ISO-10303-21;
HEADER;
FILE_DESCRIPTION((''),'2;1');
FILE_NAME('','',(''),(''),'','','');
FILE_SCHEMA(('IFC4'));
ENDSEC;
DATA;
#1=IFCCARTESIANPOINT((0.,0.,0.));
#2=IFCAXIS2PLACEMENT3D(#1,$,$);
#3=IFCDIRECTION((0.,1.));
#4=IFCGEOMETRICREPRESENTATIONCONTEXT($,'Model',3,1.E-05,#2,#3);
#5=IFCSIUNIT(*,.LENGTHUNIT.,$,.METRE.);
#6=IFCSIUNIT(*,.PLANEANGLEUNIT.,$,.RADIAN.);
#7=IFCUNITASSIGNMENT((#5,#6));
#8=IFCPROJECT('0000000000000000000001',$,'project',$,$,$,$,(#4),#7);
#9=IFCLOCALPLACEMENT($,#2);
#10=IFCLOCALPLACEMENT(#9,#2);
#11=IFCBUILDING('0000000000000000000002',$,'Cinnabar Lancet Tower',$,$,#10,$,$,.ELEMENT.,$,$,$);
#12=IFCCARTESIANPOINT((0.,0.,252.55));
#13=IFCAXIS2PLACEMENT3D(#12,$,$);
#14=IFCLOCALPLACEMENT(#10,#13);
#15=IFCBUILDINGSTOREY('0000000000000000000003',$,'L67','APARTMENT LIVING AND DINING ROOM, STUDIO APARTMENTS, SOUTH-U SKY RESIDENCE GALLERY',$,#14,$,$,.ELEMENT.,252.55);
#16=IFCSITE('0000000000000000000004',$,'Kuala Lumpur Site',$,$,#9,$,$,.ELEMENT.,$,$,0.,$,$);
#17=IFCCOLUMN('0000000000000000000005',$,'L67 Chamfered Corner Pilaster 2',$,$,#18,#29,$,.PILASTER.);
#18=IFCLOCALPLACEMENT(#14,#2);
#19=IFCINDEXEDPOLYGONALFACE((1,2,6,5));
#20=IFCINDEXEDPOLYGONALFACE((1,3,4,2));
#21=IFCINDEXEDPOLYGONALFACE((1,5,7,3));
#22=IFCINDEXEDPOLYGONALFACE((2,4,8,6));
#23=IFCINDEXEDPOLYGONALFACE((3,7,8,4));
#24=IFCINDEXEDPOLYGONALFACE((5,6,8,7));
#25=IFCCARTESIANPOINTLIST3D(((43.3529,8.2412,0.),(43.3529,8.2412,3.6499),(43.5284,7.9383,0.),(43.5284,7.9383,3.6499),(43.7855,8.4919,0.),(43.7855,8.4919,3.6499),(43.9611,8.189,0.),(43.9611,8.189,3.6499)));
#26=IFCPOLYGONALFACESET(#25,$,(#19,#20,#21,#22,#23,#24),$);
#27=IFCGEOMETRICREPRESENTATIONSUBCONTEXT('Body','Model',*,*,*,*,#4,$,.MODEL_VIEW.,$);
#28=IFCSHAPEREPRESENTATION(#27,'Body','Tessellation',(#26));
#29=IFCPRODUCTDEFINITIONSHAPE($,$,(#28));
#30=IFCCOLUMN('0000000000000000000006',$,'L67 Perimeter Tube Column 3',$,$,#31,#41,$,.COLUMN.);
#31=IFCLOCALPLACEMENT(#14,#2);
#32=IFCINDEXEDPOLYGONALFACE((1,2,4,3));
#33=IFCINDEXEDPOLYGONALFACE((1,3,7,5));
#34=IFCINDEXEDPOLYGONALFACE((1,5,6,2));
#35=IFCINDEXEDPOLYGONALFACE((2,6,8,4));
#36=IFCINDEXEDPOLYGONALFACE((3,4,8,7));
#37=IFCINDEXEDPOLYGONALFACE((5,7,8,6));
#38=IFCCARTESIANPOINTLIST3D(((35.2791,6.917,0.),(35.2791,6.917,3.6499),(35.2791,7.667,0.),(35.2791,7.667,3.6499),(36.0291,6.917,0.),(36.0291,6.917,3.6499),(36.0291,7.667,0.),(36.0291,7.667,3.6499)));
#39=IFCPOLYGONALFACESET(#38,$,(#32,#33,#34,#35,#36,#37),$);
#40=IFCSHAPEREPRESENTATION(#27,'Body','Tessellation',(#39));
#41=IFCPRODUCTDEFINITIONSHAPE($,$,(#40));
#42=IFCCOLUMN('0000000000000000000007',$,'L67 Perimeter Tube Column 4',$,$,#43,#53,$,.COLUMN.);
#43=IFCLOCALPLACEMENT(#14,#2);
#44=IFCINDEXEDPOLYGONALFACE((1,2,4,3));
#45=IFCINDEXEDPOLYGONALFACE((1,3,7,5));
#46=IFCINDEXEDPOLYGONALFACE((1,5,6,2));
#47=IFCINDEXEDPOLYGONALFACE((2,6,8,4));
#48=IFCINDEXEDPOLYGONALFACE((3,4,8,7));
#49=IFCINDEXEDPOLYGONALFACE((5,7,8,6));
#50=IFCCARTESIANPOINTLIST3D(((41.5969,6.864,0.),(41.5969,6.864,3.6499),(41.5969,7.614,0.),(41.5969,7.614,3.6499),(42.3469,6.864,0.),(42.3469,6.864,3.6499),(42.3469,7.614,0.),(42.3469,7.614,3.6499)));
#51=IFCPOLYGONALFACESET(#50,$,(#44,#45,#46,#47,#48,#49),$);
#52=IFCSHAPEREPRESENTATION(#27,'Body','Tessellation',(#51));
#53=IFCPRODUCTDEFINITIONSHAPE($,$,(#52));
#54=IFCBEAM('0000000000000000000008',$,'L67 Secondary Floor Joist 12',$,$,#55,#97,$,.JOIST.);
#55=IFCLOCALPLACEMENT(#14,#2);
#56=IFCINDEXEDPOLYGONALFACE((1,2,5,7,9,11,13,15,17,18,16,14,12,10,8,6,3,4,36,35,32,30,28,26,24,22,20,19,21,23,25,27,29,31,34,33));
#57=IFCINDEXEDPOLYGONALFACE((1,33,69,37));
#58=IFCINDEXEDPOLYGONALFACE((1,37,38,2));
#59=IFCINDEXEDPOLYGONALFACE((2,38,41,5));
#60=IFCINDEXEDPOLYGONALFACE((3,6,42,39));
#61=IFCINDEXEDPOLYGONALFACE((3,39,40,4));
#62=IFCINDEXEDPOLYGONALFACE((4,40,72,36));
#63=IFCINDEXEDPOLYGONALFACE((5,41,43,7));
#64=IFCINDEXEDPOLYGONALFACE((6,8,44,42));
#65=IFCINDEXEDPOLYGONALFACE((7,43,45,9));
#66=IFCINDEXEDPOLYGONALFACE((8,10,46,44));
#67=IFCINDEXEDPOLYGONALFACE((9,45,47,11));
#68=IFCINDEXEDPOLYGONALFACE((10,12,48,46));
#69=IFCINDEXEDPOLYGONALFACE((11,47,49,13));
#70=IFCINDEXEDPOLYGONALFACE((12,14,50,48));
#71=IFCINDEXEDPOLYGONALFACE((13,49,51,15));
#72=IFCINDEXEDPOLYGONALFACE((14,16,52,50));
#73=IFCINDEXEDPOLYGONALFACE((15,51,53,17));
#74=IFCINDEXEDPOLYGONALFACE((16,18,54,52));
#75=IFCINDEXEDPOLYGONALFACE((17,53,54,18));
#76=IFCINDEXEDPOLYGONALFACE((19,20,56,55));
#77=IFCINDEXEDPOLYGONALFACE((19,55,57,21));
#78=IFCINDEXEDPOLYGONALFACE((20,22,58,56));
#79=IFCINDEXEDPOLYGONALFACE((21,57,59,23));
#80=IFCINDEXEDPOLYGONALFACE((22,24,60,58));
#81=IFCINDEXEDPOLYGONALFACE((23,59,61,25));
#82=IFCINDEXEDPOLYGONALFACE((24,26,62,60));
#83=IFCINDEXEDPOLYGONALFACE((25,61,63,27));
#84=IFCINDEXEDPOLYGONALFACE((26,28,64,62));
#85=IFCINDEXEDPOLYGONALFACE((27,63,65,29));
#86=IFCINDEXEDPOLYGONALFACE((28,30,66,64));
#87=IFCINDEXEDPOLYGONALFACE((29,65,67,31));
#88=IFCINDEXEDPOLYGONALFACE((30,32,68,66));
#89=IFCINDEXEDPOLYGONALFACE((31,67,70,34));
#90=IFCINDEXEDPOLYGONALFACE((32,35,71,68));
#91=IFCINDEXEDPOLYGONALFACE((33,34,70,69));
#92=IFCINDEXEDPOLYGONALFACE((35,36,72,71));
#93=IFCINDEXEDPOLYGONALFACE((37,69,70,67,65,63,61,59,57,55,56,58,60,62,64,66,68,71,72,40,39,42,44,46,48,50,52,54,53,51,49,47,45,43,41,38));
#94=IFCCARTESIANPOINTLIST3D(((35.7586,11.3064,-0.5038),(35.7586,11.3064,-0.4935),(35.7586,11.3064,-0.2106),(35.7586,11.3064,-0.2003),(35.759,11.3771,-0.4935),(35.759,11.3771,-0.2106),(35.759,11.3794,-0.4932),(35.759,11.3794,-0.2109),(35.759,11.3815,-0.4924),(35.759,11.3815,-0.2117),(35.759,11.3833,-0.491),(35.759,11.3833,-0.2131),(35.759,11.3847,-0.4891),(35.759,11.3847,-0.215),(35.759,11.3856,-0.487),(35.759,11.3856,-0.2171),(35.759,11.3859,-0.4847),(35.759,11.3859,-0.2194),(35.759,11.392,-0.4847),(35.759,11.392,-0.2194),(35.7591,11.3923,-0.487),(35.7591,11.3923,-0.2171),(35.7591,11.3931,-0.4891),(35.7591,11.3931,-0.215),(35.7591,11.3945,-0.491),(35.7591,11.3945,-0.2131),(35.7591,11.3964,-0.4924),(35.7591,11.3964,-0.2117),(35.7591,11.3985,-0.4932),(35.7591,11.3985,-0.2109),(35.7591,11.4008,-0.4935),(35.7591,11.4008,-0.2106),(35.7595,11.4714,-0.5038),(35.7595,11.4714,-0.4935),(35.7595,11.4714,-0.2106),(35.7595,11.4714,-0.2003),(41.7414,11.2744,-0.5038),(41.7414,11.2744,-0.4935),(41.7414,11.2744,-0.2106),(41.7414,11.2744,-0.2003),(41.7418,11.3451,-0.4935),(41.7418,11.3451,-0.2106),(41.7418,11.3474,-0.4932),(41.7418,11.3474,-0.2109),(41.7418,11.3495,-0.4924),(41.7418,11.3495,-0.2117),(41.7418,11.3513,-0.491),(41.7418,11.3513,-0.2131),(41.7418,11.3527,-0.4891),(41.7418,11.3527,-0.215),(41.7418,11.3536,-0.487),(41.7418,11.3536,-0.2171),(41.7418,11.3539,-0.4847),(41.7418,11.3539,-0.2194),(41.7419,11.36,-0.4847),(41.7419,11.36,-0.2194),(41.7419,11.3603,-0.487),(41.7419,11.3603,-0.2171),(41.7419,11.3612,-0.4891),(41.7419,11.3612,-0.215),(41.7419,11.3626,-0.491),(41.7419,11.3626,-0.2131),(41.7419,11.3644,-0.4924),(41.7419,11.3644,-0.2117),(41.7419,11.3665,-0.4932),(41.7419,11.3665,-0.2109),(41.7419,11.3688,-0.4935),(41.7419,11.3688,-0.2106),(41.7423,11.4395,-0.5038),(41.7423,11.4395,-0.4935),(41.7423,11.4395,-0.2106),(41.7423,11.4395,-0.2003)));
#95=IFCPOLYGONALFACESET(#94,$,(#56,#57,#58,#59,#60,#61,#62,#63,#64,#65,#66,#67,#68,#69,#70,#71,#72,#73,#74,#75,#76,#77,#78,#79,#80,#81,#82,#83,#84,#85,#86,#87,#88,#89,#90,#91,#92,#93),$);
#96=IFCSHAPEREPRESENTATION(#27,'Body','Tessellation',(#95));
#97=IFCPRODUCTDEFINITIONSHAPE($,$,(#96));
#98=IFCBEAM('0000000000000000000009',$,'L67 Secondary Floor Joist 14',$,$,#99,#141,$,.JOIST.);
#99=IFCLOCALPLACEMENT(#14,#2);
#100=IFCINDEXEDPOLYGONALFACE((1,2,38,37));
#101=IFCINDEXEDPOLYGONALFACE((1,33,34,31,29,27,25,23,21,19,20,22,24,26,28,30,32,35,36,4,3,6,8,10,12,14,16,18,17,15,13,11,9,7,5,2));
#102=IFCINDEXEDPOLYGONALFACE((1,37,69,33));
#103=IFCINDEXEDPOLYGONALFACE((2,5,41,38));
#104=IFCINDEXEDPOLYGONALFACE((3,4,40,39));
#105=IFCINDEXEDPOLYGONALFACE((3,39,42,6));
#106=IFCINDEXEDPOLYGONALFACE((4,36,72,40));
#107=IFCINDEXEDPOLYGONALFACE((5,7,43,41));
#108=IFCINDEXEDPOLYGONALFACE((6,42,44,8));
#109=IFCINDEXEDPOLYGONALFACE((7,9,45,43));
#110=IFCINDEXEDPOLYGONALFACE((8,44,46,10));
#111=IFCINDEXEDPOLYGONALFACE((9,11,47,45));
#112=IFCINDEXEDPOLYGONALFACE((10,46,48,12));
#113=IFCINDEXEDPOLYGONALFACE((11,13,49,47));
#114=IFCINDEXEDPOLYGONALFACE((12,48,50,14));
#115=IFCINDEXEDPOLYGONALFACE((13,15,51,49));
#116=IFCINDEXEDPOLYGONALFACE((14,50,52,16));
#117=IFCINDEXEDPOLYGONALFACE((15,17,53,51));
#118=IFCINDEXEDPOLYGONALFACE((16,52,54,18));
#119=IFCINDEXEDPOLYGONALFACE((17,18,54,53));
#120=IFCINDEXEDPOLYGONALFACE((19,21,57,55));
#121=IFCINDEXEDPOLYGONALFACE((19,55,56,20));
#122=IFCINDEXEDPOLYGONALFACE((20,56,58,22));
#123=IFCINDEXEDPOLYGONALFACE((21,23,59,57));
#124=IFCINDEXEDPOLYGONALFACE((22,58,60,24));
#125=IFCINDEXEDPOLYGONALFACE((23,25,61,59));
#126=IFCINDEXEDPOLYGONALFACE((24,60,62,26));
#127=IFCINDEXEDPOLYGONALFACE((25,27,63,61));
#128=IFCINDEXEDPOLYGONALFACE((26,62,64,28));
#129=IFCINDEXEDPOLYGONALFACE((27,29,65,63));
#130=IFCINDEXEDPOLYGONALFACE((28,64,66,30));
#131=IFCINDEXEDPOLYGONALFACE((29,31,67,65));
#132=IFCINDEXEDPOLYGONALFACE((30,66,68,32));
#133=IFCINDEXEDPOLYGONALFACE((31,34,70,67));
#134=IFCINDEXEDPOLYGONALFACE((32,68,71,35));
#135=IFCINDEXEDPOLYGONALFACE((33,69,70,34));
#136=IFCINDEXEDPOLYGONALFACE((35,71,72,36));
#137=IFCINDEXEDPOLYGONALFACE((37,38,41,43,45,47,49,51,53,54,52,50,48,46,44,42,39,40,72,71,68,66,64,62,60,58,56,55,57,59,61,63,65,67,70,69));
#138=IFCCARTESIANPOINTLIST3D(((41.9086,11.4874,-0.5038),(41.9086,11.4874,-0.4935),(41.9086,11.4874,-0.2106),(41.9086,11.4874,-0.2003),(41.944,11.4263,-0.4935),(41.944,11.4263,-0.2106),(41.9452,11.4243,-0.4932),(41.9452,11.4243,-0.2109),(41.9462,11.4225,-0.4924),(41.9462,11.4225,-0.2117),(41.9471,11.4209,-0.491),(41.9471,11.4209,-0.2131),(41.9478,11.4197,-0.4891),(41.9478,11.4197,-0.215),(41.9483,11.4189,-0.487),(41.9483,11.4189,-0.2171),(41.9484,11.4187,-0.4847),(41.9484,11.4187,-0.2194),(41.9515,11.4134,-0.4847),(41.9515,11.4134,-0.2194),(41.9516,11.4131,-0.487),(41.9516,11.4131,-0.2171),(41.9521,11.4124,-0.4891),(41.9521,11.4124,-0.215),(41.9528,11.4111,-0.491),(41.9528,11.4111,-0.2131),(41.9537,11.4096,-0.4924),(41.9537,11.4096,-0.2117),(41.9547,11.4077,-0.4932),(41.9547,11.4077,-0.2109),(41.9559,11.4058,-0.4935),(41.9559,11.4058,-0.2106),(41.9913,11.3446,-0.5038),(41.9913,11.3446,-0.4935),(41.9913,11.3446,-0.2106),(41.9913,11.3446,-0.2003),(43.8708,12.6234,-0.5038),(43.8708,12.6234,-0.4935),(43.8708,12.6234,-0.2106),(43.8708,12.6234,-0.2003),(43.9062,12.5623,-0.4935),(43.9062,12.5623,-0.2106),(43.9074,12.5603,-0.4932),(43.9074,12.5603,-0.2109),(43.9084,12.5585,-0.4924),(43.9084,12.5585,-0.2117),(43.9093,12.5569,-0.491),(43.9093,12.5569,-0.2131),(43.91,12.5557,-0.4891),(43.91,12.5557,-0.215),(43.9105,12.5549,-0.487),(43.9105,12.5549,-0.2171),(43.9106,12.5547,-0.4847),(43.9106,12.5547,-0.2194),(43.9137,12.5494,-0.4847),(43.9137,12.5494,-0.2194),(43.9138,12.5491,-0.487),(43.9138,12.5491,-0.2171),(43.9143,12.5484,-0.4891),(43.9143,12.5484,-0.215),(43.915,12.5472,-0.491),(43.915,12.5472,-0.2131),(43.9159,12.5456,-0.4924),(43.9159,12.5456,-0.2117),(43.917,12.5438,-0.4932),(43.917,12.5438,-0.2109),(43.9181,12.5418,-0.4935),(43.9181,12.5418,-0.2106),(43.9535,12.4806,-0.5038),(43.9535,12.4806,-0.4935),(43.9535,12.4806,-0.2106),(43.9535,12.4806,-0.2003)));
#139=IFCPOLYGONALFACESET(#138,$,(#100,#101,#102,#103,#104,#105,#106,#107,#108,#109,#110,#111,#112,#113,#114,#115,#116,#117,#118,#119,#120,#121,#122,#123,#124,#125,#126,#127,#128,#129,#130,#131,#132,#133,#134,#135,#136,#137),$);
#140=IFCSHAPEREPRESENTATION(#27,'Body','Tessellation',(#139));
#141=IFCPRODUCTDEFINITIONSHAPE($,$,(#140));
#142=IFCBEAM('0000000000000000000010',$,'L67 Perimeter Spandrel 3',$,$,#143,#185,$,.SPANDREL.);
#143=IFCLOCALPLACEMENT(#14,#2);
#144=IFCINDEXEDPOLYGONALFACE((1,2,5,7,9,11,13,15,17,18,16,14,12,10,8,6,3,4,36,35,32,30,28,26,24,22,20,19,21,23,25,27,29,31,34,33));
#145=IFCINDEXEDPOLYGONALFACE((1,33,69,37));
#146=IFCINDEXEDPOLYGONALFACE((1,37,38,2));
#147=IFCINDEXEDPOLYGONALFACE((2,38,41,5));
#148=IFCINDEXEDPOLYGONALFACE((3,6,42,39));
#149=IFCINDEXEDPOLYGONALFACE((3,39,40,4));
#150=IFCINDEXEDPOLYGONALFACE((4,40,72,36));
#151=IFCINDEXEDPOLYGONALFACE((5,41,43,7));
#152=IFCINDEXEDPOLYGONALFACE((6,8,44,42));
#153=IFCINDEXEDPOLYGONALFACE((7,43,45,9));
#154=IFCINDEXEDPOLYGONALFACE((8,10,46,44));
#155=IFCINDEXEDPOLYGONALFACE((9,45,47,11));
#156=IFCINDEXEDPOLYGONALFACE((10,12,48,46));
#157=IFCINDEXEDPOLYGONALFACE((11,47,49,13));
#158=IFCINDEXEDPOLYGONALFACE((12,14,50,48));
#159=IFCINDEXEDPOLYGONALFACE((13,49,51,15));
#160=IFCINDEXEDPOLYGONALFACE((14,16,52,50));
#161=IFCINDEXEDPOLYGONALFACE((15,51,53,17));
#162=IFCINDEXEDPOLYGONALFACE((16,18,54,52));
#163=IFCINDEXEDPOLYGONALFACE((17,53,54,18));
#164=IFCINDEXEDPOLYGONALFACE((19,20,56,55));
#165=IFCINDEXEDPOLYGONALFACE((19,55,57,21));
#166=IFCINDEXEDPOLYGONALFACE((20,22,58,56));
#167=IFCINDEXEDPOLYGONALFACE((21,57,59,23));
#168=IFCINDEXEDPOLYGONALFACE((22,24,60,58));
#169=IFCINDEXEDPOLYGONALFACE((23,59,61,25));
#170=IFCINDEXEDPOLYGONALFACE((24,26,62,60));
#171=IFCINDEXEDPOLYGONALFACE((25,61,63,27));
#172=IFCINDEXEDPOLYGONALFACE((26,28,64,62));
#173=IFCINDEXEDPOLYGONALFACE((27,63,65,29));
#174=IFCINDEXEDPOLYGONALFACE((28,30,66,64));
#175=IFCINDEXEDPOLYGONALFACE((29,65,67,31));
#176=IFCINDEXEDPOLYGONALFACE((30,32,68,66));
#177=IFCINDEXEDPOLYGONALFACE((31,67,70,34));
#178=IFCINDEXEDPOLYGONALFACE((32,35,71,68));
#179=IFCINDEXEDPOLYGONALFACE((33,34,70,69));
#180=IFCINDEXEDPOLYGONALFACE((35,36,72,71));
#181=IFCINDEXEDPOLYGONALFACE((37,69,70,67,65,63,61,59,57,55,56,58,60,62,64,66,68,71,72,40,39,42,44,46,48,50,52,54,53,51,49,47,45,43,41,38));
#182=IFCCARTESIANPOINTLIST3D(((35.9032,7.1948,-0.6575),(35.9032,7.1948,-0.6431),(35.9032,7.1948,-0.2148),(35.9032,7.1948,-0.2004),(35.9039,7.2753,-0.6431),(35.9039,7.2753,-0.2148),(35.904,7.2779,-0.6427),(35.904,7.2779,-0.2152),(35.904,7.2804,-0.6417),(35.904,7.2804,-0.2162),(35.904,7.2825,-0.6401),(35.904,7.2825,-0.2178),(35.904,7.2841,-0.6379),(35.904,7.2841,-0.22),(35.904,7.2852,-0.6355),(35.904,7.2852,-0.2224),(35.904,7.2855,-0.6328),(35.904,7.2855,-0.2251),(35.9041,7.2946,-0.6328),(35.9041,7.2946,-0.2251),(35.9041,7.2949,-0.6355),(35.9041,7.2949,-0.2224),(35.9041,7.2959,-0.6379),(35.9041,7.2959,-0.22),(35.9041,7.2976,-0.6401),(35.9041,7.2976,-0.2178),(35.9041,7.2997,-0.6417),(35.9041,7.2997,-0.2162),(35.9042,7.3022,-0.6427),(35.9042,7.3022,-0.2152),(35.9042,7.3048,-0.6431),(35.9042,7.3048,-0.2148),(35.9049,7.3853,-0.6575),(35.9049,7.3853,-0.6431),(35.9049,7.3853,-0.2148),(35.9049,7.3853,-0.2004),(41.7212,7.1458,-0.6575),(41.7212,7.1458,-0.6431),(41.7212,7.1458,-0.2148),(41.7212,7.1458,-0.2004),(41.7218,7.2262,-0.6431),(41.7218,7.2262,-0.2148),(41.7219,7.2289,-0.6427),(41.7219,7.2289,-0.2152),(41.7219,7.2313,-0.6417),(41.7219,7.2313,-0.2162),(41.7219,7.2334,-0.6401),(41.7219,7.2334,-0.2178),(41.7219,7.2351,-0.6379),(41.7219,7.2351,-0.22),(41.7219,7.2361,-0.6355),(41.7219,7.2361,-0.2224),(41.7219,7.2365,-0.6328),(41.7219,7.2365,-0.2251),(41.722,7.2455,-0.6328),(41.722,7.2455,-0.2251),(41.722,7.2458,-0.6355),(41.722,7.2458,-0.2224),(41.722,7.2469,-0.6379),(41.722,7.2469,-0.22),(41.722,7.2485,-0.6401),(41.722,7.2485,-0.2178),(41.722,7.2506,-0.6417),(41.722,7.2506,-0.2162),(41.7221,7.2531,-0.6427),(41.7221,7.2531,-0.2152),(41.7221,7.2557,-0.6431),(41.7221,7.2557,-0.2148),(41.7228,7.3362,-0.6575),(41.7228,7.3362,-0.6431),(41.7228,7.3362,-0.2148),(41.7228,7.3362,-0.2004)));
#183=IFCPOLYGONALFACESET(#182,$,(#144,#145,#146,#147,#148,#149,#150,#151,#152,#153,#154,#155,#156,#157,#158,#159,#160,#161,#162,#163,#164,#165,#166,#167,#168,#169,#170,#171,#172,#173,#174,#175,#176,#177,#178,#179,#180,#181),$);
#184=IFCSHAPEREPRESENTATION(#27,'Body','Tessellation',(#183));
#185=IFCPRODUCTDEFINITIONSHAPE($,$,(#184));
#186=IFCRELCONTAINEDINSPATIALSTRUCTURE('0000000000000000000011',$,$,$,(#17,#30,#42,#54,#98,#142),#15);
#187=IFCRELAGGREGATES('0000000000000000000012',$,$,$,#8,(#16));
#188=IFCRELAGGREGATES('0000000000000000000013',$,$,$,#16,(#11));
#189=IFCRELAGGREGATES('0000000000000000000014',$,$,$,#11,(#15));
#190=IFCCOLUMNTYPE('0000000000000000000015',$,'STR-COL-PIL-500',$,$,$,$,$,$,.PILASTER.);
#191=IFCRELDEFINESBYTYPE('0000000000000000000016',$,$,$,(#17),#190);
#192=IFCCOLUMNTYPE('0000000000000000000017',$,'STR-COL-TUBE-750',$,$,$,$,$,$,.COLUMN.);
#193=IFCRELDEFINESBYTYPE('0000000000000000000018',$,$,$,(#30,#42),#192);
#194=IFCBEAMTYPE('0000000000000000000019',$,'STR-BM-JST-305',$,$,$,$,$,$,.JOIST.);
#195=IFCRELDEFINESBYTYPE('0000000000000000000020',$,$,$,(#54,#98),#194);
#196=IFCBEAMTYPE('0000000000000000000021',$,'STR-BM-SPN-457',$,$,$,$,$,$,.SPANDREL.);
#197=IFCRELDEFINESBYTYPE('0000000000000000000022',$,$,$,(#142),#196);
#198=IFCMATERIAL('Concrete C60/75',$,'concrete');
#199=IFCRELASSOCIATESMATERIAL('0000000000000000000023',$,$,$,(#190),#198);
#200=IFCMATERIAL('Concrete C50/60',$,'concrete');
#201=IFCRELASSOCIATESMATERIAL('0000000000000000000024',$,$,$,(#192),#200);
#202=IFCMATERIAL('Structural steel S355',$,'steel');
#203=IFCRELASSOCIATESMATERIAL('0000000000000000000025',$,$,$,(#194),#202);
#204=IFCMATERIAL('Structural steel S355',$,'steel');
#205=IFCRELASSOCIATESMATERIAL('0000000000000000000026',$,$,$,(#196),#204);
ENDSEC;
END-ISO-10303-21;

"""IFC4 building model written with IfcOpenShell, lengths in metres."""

from ifc_helpers import new_model, si_unit, direction, frame, origin, origin_2d, place, context, subcontext, project, spatial, rectangle, i_section, extrude, material, material_profile, profile_set, type_object, element, save


model = new_model("IFC4")

# Units and contexts
model_context = context("Model", 3, precision=1e-05, world=origin(), true_north=direction((0.0, 1.0)))
body_context = subcontext(model_context, "Body", "Model", "MODEL_VIEW")
ifc_project = project(units=[si_unit("LENGTHUNIT", "METRE"), si_unit("PLANEANGLEUNIT", "RADIAN")], contexts=[model_context])

# Site, building, storey
site_placement = place(None, origin())
site = spatial("IfcSite", under=ifc_project, at=site_placement, Name="Kuala Lumpur Site", CompositionType="ELEMENT", RefElevation=0.0)
building_placement = place(site_placement, origin())
building = spatial("IfcBuilding", under=site, at=building_placement, Name="Cinnabar Lancet Tower", CompositionType="ELEMENT")
storey_placement = place(building_placement, frame((0.0, 0.0, 252.55)))
storey = spatial("IfcBuildingStorey", under=building, at=storey_placement, Name="L67", Description="APARTMENT LIVING AND DINING ROOM, STUDIO APARTMENTS, SOUTH-U SKY RESIDENCE GALLERY", CompositionType="ELEMENT", Elevation=252.55)

# Columns
ifc_material_1 = material(Name="Concrete C60/75", Category="concrete")
ifc_material_profile_1 = material_profile(ifc_material_1, rectangle(XDim=0.5, YDim=0.3501, at=origin_2d()), Name="RC-PIL 500x350")
ifc_profile_set_1 = profile_set([ifc_material_profile_1], Name="Concrete C60/75")
column_type_1 = type_object("IfcColumnType", Name="STR-COL-PIL-500", PredefinedType="PILASTER", material=ifc_profile_set_1)
column_placement = place(storey_placement, frame((43.657, 8.2151, 0.0), z_axis=(0.0, 0.0, 1.0), x_axis=(0.865256, 0.50133, 0.0)))
element("IfcColumn", 1, at=column_placement, inside=storey, type_object=column_type_1, Name="L67 Chamfered Corner Pilaster 2", PredefinedType="PILASTER", context=body_context, shape_type="SweptSolid", body=[
    extrude(rectangle(XDim=0.5, YDim=0.3501, at=origin_2d()), origin(), (0.0, 0.0, 1.0), 3.6499),
])
ifc_material_2 = material(Name="Concrete C50/60", Category="concrete")
ifc_material_profile_2 = material_profile(ifc_material_2, rectangle(XDim=0.75, YDim=0.75, at=origin_2d()), Name="RC-COL 750x750")
ifc_profile_set_2 = profile_set([ifc_material_profile_2], Name="Concrete C50/60")
column_type_2 = type_object("IfcColumnType", Name="STR-COL-TUBE-750", PredefinedType="COLUMN", material=ifc_profile_set_2)
for number, where, z_axis, x_axis, name in (
    (2, (35.6541, 7.292, 0.0), (0.0, 0.0, 1.0), (1.0, 0.0, 0.0), "L67 Perimeter Tube Column 3"),
    (3, (41.9719, 7.239, 0.0), (0.0, 0.0, 1.0), (1.0, 0.0, 0.0), "L67 Perimeter Tube Column 4"),
):
    element("IfcColumn", number, at=place(storey_placement, frame(where, z_axis=z_axis, x_axis=x_axis)), inside=storey, type_object=column_type_2, Name=name, PredefinedType="COLUMN", context=body_context, shape_type="SweptSolid", body=[
        extrude(rectangle(XDim=0.75, YDim=0.75, at=origin_2d()), origin(), (0.0, 0.0, 1.0), 3.6499),
    ])

# Beams
ifc_material_3 = material(Name="Structural steel S355", Category="steel")
ifc_material_profile_3 = material_profile(ifc_material_3, i_section(OverallWidth=0.165, OverallDepth=0.3035, WebThickness=0.0061, FlangeThickness=0.0103, FilletRadius=0.0088, at=origin_2d()), Name="UKB 305x165x40")
ifc_profile_set_3 = profile_set([ifc_material_profile_3], Name="Structural steel S355")
beam_type_1 = type_object("IfcBeamType", Name="STR-BM-JST-305", PredefinedType="JOIST", material=ifc_profile_set_3)
beam_1_placement = place(storey_placement, frame((35.759, 11.3889, -0.3521), z_axis=(0.999986, -0.005346, 0.0), x_axis=(0.005346, 0.999986, 0.0)))
element("IfcBeam", 4, at=beam_1_placement, inside=storey, type_object=beam_type_1, Name="L67 Secondary Floor Joist 12", PredefinedType="JOIST", context=body_context, shape_type="SweptSolid", body=[
    extrude(i_section(OverallWidth=0.165, OverallDepth=0.3035, WebThickness=0.0061, FlangeThickness=0.0103, FilletRadius=0.0088, at=origin_2d()), origin(), (0.0, 0.0, 1.0), 5.9829),
])
beam_2_placement = place(storey_placement, frame((41.95, 11.416, -0.3521), z_axis=(0.865426, 0.501036, 0.0), x_axis=(-0.501036, 0.865426, 0.0)))
element("IfcBeam", 5, at=beam_2_placement, inside=storey, type_object=beam_type_1, Name="L67 Secondary Floor Joist 14", PredefinedType="JOIST", context=body_context, shape_type="SweptSolid", body=[
    extrude(i_section(OverallWidth=0.165, OverallDepth=0.3035, WebThickness=0.0061, FlangeThickness=0.0103, FilletRadius=0.0088, at=origin_2d()), origin(), (0.0, 0.0, 1.0), 2.2673),
])
ifc_material_4 = material(Name="Structural steel S355", Category="steel")
ifc_material_profile_4 = material_profile(ifc_material_4, i_section(OverallWidth=0.1904, OverallDepth=0.457, WebThickness=0.009, FlangeThickness=0.0144, FilletRadius=0.0103, at=origin_2d()), Name="UKB 457x191x74")
ifc_profile_set_4 = profile_set([ifc_material_profile_4], Name="Structural steel S355")
beam_type_2 = type_object("IfcBeamType", Name="STR-BM-SPN-457", PredefinedType="SPANDREL", material=ifc_profile_set_4)
beam_3_placement = place(storey_placement, frame((35.9041, 7.29, -0.429), z_axis=(0.999964, -0.008434, 0.0), x_axis=(0.008434, 0.999964, 0.0)))
element("IfcBeam", 6, at=beam_3_placement, inside=storey, type_object=beam_type_2, Name="L67 Perimeter Spandrel 3", PredefinedType="SPANDREL", context=body_context, shape_type="SweptSolid", body=[
    extrude(i_section(OverallWidth=0.1904, OverallDepth=0.457, WebThickness=0.009, FlangeThickness=0.0144, FilletRadius=0.0103, at=origin_2d()), origin(), (0.0, 0.0, 1.0), 5.8181),
])

save(model, "model.ifc")
